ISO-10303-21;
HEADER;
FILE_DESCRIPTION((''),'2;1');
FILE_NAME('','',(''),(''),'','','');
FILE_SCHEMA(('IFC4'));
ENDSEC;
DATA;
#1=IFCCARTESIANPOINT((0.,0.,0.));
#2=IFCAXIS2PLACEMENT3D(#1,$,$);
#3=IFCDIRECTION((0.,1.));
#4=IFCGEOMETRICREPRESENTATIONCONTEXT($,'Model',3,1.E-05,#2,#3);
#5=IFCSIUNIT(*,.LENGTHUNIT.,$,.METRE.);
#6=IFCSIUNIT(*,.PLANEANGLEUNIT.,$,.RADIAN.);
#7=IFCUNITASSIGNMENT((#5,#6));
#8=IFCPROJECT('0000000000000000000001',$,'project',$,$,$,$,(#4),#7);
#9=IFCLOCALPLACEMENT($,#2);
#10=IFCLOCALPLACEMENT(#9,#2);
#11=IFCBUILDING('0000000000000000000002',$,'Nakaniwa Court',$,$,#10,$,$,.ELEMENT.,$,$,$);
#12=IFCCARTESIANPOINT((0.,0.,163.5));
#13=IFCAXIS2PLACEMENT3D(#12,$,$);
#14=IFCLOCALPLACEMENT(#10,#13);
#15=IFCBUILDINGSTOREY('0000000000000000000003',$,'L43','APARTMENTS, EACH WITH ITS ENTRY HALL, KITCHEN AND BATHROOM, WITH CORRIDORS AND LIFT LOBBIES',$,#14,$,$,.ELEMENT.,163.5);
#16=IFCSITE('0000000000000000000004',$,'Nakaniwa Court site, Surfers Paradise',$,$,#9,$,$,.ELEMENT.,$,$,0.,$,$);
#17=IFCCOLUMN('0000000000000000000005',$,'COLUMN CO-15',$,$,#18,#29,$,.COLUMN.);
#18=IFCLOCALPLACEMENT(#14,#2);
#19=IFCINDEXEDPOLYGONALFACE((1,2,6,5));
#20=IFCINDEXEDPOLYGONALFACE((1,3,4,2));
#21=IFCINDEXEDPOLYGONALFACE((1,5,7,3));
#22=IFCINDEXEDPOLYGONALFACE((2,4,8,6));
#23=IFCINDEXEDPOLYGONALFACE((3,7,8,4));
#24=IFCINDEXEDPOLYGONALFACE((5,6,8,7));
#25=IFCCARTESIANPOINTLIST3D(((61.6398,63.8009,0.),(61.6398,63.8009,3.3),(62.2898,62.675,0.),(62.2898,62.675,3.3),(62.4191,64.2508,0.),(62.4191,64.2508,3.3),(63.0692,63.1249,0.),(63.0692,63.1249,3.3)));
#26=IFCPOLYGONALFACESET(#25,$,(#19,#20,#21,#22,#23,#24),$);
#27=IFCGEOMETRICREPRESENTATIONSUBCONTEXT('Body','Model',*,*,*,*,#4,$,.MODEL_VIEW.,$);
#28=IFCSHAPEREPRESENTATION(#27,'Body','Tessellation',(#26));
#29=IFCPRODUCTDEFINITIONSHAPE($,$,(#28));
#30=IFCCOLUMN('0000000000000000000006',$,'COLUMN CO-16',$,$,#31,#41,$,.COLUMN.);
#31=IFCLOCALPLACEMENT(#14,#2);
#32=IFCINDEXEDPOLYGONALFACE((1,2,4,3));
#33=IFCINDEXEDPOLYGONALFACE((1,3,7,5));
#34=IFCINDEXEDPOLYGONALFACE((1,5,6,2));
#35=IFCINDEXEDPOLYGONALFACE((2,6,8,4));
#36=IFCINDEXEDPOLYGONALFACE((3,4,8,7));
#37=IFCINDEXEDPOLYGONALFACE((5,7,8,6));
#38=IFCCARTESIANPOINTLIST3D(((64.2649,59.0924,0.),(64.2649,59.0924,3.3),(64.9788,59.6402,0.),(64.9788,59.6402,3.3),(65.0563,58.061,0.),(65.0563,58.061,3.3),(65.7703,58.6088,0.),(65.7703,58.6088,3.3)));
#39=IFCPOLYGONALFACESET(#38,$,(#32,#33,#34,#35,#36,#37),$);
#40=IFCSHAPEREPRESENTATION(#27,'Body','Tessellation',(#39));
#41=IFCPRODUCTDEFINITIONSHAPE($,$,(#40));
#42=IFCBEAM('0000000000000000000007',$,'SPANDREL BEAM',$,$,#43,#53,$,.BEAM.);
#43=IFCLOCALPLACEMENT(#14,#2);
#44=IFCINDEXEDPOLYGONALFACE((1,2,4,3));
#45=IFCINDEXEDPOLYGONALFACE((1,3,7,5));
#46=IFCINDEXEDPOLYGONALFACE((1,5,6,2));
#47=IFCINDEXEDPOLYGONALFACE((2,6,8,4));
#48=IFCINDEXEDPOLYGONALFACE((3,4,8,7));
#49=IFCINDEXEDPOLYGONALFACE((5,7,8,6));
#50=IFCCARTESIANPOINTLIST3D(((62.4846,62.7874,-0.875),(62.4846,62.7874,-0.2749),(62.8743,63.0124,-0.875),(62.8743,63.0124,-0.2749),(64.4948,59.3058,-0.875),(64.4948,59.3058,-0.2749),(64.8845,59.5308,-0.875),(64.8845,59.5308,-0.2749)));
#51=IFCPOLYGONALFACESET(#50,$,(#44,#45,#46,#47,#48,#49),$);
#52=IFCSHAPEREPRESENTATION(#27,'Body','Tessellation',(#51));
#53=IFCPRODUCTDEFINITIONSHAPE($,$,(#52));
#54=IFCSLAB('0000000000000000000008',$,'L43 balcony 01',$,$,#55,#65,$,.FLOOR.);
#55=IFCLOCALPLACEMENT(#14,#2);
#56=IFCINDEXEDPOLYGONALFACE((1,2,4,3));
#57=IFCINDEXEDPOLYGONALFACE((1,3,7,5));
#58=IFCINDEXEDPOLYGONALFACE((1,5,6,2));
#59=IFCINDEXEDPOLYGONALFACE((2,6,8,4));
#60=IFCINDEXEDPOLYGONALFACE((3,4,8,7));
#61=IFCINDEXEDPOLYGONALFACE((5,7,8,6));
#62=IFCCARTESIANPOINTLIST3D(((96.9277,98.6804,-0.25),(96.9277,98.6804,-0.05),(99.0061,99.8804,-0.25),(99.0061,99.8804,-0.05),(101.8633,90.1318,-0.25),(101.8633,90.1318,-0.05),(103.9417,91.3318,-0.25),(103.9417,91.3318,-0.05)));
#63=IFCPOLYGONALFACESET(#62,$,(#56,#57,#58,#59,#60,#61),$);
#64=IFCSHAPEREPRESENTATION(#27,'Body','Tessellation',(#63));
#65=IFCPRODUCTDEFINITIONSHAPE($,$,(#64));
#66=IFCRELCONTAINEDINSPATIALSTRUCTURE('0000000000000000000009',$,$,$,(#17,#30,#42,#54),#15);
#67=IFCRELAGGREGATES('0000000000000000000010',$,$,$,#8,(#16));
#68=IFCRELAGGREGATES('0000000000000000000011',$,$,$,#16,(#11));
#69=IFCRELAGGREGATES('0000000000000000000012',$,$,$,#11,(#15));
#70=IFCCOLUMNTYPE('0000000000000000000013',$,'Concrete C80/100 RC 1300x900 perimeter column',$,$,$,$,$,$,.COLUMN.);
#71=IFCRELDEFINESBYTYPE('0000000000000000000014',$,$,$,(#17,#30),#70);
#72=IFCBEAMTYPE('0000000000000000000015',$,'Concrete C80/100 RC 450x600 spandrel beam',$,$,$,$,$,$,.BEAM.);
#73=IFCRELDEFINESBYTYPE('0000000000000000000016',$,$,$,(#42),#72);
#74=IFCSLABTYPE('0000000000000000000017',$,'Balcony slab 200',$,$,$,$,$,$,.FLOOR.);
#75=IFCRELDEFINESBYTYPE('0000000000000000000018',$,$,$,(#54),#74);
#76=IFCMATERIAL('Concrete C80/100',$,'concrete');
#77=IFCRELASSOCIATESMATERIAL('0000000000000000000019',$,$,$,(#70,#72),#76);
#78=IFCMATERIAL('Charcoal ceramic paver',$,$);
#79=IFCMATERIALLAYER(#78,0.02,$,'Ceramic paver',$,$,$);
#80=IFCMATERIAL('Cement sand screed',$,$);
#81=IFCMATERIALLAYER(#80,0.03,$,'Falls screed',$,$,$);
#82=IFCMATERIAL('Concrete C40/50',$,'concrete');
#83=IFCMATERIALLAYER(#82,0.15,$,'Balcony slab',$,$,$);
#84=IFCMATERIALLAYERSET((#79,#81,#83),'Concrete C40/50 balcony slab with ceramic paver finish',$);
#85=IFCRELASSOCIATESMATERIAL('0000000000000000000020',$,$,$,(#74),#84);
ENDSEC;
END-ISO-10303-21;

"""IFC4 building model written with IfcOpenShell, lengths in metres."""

from ifc_helpers import new_model, si_unit, direction, frame, origin, origin_2d, place, context, subcontext, project, spatial, polyline, rectangle, outline, extrude, material, layer, layer_set, material_profile, profile_set, type_object, element, save


model = new_model("IFC4")

# Units and contexts
model_context = context("Model", 3, precision=1e-05, world=origin(), true_north=direction((0.0, 1.0)))
body_context = subcontext(model_context, "Body", "Model", "MODEL_VIEW")
ifc_project = project(units=[si_unit("LENGTHUNIT", "METRE"), si_unit("PLANEANGLEUNIT", "RADIAN")], contexts=[model_context])

# Site, building, storey
site_placement = place(None, origin())
site = spatial("IfcSite", under=ifc_project, at=site_placement, Name="Nakaniwa Court site, Surfers Paradise", CompositionType="ELEMENT", RefElevation=0.0)
building_placement = place(site_placement, origin())
building = spatial("IfcBuilding", under=site, at=building_placement, Name="Nakaniwa Court", CompositionType="ELEMENT")
storey_placement = place(building_placement, frame((0.0, 0.0, 163.5)))
storey = spatial("IfcBuildingStorey", under=building, at=storey_placement, Name="L43", Description="APARTMENTS, EACH WITH ITS ENTRY HALL, KITCHEN AND BATHROOM, WITH CORRIDORS AND LIFT LOBBIES", CompositionType="ELEMENT", Elevation=163.5)

# Columns
ifc_material_1 = material(Name="Concrete C80/100", Category="concrete")
ifc_material_profile_1 = material_profile(ifc_material_1, rectangle(XDim=1.3, YDim=0.8999, at=origin_2d()), Name="Concrete C80/100 RC 1300x900 perimeter column")
ifc_profile_set_1 = profile_set([ifc_material_profile_1], Name="Concrete C80/100")
column_type = type_object("IfcColumnType", Name="Concrete C80/100 RC 1300x900 perimeter column", PredefinedType="COLUMN", material=ifc_profile_set_1)
for number, where, z_axis, x_axis, name in (
    (1, (62.3545, 63.4629, 0.0), (0.0, 0.0, 1.0), (0.5, -0.866025, 0.0), "COLUMN CO-15"),
    (2, (65.0176, 58.8506, 0.0), (0.0, 0.0, 1.0), (0.608761, -0.793353, 0.0), "COLUMN CO-16"),
):
    element("IfcColumn", number, at=place(storey_placement, frame(where, z_axis=z_axis, x_axis=x_axis)), inside=storey, type_object=column_type, Name=name, PredefinedType="COLUMN", context=body_context, shape_type="SweptSolid", body=[
        extrude(rectangle(XDim=1.3, YDim=0.8999, at=origin_2d()), origin(), (0.0, 0.0, 1.0), 3.3),
    ])

# Beam
ifc_material_profile_2 = material_profile(ifc_material_1, rectangle(XDim=0.45, YDim=0.6001, at=origin_2d()), Name="Concrete C80/100 RC 450x600 spandrel beam")
ifc_profile_set_2 = profile_set([ifc_material_profile_2], Name="Concrete C80/100")
beam_type = type_object("IfcBeamType", Name="Concrete C80/100 RC 450x600 spandrel beam", PredefinedType="BEAM", material=ifc_profile_set_2)
beam_placement = place(storey_placement, frame((62.6794, 62.8999, -0.575), z_axis=(0.500019, -0.866015, 0.0), x_axis=(0.866015, 0.500019, 0.0)))
element("IfcBeam", 3, at=beam_placement, inside=storey, type_object=beam_type, Name="SPANDREL BEAM", PredefinedType="BEAM", context=body_context, shape_type="SweptSolid", body=[
    extrude(rectangle(XDim=0.45, YDim=0.6001, at=origin_2d()), origin(), (0.0, 0.0, 1.0), 4.0203),
])

# Slab
ifc_material_2 = material(Name="Charcoal ceramic paver")
ifc_layer_1 = layer(ifc_material_2, 0.02, Name="Ceramic paver")
ifc_material_3 = material(Name="Cement sand screed")
ifc_layer_2 = layer(ifc_material_3, 0.03, Name="Falls screed")
ifc_material_4 = material(Name="Concrete C40/50", Category="concrete")
ifc_layer_3 = layer(ifc_material_4, 0.15, Name="Balcony slab")
ifc_layer_set_1 = layer_set([ifc_layer_1, ifc_layer_2, ifc_layer_3], Name="Concrete C40/50 balcony slab with ceramic paver finish")
slab_type_1 = type_object("IfcSlabType", Name="Balcony slab 200", PredefinedType="FLOOR", material=ifc_layer_set_1)
slab_1_placement = place(storey_placement, frame((0.0, 0.0, -0.25)))
element("IfcSlab", 4, at=slab_1_placement, inside=storey, type_object=slab_type_1, Name="L43 balcony 01", PredefinedType="FLOOR", context=body_context, shape_type="SweptSolid", body=[
    extrude(outline(polyline([(101.8633, 90.1318), (96.9277, 98.6804), (99.0061, 99.8804), (103.9417, 91.3318), (101.8633, 90.1318)])), origin(), (0.0, 0.0, 1.0), 0.2),
])

save(model, "model.ifc")
